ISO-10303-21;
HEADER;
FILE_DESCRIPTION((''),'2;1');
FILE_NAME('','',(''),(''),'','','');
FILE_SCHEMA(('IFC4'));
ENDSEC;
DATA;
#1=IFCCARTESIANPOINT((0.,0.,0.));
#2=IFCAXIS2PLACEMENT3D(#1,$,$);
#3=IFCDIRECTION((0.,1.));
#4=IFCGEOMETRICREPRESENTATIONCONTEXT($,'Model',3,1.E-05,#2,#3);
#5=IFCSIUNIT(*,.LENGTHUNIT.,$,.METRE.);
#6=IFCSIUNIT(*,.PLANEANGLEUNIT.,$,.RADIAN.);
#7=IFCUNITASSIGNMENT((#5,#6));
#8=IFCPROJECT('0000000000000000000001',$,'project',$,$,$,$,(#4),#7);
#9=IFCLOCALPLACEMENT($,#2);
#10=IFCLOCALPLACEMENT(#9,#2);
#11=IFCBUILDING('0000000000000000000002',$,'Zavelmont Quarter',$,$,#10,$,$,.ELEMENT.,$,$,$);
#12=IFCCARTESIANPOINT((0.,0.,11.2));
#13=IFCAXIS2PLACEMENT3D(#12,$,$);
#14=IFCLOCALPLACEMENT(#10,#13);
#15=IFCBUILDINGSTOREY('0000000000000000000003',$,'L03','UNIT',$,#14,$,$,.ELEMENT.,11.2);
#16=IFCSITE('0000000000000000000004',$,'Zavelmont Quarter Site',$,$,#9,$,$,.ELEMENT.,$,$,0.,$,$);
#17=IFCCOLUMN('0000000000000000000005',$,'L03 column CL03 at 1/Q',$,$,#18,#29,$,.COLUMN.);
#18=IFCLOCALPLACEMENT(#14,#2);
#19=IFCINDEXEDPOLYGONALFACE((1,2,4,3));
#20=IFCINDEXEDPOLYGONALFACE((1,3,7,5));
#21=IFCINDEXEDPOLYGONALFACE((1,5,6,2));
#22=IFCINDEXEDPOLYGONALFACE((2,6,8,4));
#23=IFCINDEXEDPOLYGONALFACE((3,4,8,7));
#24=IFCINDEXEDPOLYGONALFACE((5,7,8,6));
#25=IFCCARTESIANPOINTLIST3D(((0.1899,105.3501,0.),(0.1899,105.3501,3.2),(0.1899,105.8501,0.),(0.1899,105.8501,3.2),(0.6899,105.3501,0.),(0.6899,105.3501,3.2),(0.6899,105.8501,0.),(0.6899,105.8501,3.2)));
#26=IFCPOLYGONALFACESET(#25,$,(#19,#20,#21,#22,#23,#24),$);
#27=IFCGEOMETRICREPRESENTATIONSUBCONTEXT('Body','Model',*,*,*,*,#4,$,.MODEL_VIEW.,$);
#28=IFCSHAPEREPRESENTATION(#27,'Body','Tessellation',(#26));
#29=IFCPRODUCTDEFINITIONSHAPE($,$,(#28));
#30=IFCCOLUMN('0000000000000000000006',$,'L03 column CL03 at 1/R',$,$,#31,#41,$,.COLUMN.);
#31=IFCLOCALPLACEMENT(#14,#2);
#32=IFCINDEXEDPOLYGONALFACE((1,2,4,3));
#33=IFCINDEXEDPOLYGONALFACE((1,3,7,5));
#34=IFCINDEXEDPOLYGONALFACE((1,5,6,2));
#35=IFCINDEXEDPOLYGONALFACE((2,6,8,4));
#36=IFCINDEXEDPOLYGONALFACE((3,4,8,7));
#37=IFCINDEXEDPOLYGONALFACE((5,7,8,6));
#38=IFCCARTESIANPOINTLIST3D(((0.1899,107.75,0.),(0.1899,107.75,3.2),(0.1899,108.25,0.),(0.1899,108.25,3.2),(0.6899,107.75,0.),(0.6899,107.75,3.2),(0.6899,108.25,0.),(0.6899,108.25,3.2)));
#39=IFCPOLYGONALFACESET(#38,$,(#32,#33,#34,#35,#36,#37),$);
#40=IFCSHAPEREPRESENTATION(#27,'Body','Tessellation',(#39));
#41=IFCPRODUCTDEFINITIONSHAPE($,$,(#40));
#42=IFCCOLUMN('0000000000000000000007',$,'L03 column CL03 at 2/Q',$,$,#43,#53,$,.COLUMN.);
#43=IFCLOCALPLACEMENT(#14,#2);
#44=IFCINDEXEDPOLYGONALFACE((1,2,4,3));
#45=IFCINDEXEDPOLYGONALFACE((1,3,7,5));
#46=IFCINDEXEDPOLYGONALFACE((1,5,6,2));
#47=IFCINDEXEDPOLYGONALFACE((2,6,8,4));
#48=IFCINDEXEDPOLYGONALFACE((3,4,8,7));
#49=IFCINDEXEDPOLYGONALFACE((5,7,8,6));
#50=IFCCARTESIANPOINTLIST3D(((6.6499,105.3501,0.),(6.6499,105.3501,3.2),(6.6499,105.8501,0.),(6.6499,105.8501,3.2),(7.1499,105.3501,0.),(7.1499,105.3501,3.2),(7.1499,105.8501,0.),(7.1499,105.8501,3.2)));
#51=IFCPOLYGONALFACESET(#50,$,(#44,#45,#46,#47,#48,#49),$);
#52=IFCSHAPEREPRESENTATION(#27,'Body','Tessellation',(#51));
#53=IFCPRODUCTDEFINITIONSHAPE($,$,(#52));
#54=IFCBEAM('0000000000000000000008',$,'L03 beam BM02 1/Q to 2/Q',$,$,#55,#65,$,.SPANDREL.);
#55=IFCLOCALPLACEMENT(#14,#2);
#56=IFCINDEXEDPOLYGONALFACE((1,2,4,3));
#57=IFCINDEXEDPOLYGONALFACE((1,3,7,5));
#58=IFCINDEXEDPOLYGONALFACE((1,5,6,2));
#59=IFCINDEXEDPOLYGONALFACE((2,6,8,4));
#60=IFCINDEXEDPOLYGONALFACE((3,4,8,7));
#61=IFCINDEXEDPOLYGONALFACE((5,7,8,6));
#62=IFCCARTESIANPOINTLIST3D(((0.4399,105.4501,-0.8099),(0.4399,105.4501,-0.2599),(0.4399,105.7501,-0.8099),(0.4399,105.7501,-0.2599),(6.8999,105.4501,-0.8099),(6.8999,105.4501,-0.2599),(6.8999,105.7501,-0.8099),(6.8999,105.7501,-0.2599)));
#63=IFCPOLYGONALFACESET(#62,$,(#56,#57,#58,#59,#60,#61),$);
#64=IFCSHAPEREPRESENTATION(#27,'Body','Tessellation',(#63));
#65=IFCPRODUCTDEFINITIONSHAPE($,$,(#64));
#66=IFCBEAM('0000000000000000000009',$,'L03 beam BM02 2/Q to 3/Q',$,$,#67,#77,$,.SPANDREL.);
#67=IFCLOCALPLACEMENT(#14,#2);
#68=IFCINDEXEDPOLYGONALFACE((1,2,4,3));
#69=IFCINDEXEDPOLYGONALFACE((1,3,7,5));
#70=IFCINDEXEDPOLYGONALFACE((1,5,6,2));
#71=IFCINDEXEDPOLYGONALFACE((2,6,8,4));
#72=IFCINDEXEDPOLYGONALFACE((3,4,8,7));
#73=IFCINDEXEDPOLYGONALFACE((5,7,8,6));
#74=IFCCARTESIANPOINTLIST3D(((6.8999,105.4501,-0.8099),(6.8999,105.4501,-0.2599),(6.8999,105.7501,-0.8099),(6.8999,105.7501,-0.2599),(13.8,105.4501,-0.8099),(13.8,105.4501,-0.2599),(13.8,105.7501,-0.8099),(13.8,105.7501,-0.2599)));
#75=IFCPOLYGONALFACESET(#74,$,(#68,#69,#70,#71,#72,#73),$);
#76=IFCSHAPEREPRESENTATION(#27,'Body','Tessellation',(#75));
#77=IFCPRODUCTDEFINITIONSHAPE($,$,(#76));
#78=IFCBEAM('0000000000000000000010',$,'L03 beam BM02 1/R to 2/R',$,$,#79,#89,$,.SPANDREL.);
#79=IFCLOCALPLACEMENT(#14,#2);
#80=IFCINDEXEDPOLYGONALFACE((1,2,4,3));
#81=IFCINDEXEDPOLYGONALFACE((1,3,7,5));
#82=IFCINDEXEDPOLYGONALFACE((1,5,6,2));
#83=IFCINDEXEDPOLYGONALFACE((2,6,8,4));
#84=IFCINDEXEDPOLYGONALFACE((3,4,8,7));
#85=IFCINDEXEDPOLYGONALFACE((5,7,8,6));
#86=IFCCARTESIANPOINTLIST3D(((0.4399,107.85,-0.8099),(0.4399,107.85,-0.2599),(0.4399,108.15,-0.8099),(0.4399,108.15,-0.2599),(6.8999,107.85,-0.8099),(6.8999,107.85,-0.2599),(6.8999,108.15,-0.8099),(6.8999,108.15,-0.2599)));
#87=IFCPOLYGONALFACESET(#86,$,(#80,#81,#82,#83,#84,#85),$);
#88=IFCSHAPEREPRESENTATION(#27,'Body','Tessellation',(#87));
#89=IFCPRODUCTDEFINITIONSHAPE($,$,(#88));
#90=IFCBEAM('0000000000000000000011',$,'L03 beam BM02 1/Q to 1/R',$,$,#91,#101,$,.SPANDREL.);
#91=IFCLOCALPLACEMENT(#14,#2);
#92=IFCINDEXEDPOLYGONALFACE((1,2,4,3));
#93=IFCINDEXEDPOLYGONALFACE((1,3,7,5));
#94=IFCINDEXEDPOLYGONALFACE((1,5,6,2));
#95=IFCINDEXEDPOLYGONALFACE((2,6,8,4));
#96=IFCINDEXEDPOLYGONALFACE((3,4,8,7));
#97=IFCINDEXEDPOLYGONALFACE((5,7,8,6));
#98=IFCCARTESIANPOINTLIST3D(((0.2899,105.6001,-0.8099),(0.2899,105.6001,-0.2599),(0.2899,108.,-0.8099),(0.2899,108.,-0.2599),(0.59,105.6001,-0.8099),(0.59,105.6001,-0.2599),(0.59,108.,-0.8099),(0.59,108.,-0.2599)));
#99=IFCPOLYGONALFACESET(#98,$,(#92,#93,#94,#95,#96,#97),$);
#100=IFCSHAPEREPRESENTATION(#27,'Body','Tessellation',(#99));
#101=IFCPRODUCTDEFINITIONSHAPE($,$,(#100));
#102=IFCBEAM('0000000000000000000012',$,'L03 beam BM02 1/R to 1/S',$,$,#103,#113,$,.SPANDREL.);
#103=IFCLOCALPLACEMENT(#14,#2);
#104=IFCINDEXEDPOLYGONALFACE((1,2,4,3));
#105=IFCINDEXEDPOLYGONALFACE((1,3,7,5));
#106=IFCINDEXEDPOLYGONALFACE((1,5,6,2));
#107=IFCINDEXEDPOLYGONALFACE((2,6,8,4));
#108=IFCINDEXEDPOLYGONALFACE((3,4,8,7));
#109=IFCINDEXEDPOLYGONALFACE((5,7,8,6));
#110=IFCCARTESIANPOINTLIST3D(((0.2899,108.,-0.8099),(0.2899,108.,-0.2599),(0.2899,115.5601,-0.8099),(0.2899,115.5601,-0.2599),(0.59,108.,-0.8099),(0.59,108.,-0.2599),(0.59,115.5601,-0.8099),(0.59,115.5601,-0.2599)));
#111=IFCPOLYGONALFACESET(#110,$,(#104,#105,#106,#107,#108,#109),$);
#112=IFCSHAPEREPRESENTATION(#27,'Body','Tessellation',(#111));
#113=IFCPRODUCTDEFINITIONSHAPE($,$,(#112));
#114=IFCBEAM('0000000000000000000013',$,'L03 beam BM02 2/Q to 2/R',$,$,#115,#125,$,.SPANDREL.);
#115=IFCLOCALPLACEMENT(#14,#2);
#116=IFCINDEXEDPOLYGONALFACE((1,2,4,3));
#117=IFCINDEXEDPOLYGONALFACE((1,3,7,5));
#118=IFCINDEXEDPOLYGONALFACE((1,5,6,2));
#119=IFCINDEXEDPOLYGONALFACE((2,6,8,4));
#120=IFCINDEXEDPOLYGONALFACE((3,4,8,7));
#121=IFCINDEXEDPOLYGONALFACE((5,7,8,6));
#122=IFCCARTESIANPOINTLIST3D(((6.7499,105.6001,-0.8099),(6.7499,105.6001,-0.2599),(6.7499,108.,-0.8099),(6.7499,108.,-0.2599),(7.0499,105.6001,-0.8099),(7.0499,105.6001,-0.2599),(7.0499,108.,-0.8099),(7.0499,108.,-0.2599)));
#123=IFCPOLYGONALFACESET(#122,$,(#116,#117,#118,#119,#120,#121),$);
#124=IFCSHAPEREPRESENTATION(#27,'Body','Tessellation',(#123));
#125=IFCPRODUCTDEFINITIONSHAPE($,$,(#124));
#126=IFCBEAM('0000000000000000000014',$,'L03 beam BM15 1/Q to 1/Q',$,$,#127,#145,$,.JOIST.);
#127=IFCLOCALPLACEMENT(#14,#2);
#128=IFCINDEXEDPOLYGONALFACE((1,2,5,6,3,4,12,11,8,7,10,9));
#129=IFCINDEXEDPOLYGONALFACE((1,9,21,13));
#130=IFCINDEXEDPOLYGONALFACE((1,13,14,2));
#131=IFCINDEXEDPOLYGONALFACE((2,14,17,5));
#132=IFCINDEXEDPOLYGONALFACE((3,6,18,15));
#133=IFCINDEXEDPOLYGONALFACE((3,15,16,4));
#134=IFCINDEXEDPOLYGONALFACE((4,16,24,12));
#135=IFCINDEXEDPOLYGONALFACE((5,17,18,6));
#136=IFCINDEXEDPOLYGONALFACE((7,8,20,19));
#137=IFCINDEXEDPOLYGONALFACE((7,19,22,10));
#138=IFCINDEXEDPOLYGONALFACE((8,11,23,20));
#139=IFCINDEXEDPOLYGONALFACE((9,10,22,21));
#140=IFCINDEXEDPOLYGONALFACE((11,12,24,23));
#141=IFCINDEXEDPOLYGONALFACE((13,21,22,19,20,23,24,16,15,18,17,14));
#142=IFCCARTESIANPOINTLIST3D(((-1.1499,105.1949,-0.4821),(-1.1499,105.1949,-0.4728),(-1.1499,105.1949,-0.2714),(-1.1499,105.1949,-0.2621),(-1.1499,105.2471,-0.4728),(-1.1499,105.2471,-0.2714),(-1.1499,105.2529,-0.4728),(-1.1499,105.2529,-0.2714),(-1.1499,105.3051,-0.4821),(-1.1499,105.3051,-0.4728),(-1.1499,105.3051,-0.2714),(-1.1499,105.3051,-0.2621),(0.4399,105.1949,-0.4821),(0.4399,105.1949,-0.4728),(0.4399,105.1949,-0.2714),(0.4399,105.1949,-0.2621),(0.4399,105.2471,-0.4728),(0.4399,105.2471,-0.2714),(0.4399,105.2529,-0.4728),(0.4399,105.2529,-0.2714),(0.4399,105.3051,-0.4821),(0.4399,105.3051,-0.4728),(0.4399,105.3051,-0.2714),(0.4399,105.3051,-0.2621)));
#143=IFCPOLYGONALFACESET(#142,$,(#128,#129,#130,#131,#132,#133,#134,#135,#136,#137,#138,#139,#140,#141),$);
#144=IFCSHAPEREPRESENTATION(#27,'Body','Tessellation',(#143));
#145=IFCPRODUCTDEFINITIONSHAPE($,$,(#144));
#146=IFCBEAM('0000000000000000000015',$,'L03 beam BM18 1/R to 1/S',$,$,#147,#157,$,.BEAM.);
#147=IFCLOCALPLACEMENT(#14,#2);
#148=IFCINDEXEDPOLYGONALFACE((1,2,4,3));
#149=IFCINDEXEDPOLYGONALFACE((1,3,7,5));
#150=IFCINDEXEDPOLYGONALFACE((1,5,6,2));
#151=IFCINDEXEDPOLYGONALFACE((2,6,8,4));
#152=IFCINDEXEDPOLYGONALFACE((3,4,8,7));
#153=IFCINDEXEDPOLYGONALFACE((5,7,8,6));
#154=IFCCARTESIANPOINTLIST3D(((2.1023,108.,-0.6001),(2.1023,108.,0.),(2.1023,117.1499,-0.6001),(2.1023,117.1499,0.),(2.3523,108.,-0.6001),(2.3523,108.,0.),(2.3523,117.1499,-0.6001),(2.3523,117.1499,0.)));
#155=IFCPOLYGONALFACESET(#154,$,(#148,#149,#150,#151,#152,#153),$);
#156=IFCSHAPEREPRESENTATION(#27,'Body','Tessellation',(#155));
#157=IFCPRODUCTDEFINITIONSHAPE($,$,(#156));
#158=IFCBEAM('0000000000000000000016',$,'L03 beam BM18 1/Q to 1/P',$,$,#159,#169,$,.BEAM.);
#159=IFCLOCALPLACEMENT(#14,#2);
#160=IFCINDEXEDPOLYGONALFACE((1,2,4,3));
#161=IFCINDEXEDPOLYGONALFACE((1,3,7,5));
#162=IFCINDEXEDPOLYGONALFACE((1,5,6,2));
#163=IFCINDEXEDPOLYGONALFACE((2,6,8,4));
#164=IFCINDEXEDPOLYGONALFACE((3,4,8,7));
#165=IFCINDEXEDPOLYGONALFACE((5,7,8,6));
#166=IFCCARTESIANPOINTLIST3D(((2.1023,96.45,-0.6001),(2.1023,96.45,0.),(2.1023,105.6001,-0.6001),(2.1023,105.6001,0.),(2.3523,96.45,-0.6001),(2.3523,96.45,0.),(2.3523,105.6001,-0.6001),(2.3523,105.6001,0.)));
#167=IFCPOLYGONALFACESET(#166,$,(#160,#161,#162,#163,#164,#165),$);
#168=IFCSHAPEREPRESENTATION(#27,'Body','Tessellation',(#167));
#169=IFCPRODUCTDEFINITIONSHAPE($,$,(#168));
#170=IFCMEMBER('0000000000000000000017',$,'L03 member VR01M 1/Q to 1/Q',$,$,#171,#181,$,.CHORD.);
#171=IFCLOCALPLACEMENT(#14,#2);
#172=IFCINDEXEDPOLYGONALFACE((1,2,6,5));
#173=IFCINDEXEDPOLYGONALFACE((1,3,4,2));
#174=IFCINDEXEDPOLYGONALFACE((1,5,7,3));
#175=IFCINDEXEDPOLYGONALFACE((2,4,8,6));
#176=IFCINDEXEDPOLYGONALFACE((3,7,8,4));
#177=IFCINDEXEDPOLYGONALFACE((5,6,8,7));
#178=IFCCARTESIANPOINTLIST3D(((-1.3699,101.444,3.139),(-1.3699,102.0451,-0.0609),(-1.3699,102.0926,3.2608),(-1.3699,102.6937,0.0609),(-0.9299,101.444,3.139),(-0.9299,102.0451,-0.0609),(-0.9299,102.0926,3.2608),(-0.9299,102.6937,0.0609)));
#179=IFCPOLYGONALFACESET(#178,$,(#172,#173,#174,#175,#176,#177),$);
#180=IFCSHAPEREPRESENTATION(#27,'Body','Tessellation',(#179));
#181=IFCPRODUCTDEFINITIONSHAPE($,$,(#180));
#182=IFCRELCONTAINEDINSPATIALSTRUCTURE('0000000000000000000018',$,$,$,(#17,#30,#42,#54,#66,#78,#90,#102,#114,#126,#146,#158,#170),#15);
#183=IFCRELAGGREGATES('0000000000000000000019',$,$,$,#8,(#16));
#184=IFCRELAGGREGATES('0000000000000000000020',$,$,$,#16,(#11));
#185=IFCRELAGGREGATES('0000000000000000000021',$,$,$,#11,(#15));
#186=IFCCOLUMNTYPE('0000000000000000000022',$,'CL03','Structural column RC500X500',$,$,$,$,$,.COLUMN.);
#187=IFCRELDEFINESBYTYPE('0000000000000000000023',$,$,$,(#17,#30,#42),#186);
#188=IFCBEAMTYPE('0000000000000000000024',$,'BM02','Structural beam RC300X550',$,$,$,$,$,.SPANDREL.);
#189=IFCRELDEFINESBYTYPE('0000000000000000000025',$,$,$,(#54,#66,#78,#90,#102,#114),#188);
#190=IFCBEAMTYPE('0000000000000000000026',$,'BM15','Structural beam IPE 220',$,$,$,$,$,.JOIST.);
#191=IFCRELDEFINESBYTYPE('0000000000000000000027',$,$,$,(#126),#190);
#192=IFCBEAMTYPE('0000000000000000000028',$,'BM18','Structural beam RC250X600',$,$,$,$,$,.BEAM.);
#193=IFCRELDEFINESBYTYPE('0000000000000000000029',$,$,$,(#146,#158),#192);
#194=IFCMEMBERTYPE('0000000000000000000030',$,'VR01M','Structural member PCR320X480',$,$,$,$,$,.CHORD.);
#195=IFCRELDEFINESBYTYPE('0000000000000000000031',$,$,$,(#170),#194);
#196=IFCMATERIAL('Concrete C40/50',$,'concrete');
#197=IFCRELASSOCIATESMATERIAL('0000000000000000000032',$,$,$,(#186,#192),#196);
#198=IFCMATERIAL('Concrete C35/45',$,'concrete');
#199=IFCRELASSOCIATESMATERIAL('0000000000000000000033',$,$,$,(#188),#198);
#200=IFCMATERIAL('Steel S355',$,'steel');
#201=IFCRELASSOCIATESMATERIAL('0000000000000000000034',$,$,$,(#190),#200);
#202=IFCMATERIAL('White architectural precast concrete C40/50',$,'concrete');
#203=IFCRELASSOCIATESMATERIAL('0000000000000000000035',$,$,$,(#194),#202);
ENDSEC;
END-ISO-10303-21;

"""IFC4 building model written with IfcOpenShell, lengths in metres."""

from ifc_helpers import new_model, si_unit, direction, frame, origin, origin_2d, place, context, subcontext, project, spatial, rectangle, i_section, extrude, material, material_profile, profile_set, type_object, element, save


model = new_model("IFC4")

# Units and contexts
model_context = context("Model", 3, precision=1e-05, world=origin(), true_north=direction((0.0, 1.0)))
body_context = subcontext(model_context, "Body", "Model", "MODEL_VIEW")
ifc_project = project(units=[si_unit("LENGTHUNIT", "METRE"), si_unit("PLANEANGLEUNIT", "RADIAN")], contexts=[model_context])

# Site, building, storey
site_placement = place(None, origin())
site = spatial("IfcSite", under=ifc_project, at=site_placement, Name="Zavelmont Quarter Site", CompositionType="ELEMENT", RefElevation=0.0)
building_placement = place(site_placement, origin())
building = spatial("IfcBuilding", under=site, at=building_placement, Name="Zavelmont Quarter", CompositionType="ELEMENT")
storey_placement = place(building_placement, frame((0.0, 0.0, 11.2)))
storey = spatial("IfcBuildingStorey", under=building, at=storey_placement, Name="L03", Description="UNIT", CompositionType="ELEMENT", Elevation=11.2)

# Columns
ifc_material_1 = material(Name="Concrete C40/50", Category="concrete")
ifc_material_profile_1 = material_profile(ifc_material_1, rectangle(XDim=0.5, YDim=0.5, at=origin_2d()), Name="RC500X500")
ifc_profile_set_1 = profile_set([ifc_material_profile_1], Name="Concrete C40/50")
column_type = type_object("IfcColumnType", Name="CL03", Description="Structural column RC500X500", PredefinedType="COLUMN", material=ifc_profile_set_1)
for number, where, z_axis, x_axis, name in (
    (1, (0.4399, 105.6001, 0.0), (0.0, 0.0, 1.0), (1.0, 0.0, 0.0), "L03 column CL03 at 1/Q"),
    (2, (0.4399, 108.0, 0.0), (0.0, 0.0, 1.0), (1.0, 0.0, 0.0), "L03 column CL03 at 1/R"),
    (3, (6.8999, 105.6001, 0.0), (0.0, 0.0, 1.0), (1.0, 0.0, 0.0), "L03 column CL03 at 2/Q"),
):
    element("IfcColumn", number, at=place(storey_placement, frame(where, z_axis=z_axis, x_axis=x_axis)), inside=storey, type_object=column_type, Name=name, PredefinedType="COLUMN", context=body_context, shape_type="SweptSolid", body=[
        extrude(rectangle(XDim=0.5, YDim=0.5, at=origin_2d()), origin(), (0.0, 0.0, 1.0), 3.2),
    ])

# Beams
ifc_material_2 = material(Name="Concrete C35/45", Category="concrete")
ifc_material_profile_2 = material_profile(ifc_material_2, rectangle(XDim=0.3, YDim=0.55, at=origin_2d()), Name="RC300X550")
ifc_profile_set_2 = profile_set([ifc_material_profile_2], Name="Concrete C35/45")
beam_type_1 = type_object("IfcBeamType", Name="BM02", Description="Structural beam RC300X550", PredefinedType="SPANDREL", material=ifc_profile_set_2)
beam_1_placement = place(storey_placement, frame((0.4399, 105.6001, -0.5349), z_axis=(1.0, 0.0, 0.0), x_axis=(0.0, 1.0, 0.0)))
element("IfcBeam", 4, at=beam_1_placement, inside=storey, type_object=beam_type_1, Name="L03 beam BM02 1/Q to 2/Q", PredefinedType="SPANDREL", context=body_context, shape_type="SweptSolid", body=[
    extrude(rectangle(XDim=0.3, YDim=0.55, at=origin_2d()), origin(), (0.0, 0.0, 1.0), 6.46),
])
beam_2_placement = place(storey_placement, frame((6.8999, 105.6001, -0.5349), z_axis=(1.0, 0.0, 0.0), x_axis=(0.0, 1.0, 0.0)))
element("IfcBeam", 5, at=beam_2_placement, inside=storey, type_object=beam_type_1, Name="L03 beam BM02 2/Q to 3/Q", PredefinedType="SPANDREL", context=body_context, shape_type="SweptSolid", body=[
    extrude(rectangle(XDim=0.3, YDim=0.55, at=origin_2d()), origin(), (0.0, 0.0, 1.0), 6.9001),
])
beam_3_placement = place(storey_placement, frame((0.4399, 108.0, -0.5349), z_axis=(1.0, 0.0, 0.0), x_axis=(0.0, 1.0, 0.0)))
element("IfcBeam", 6, at=beam_3_placement, inside=storey, type_object=beam_type_1, Name="L03 beam BM02 1/R to 2/R", PredefinedType="SPANDREL", context=body_context, shape_type="SweptSolid", body=[
    extrude(rectangle(XDim=0.3, YDim=0.55, at=origin_2d()), origin(), (0.0, 0.0, 1.0), 6.46),
])
beam_4_placement = place(storey_placement, frame((0.4399, 105.6001, -0.5349), z_axis=(0.0, 1.0, 0.0), x_axis=(-1.0, 0.0, 0.0)))
element("IfcBeam", 7, at=beam_4_placement, inside=storey, type_object=beam_type_1, Name="L03 beam BM02 1/Q to 1/R", PredefinedType="SPANDREL", context=body_context, shape_type="SweptSolid", body=[
    extrude(rectangle(XDim=0.3, YDim=0.55, at=origin_2d()), origin(), (0.0, 0.0, 1.0), 2.3999),
])
beam_5_placement = place(storey_placement, frame((0.4399, 108.0, -0.5349), z_axis=(0.0, 1.0, 0.0), x_axis=(-1.0, 0.0, 0.0)))
element("IfcBeam", 8, at=beam_5_placement, inside=storey, type_object=beam_type_1, Name="L03 beam BM02 1/R to 1/S", PredefinedType="SPANDREL", context=body_context, shape_type="SweptSolid", body=[
    extrude(rectangle(XDim=0.3, YDim=0.55, at=origin_2d()), origin(), (0.0, 0.0, 1.0), 7.5601),
])
beam_6_placement = place(storey_placement, frame((6.8999, 105.6001, -0.5349), z_axis=(0.0, 1.0, 0.0), x_axis=(-1.0, 0.0, 0.0)))
element("IfcBeam", 9, at=beam_6_placement, inside=storey, type_object=beam_type_1, Name="L03 beam BM02 2/Q to 2/R", PredefinedType="SPANDREL", context=body_context, shape_type="SweptSolid", body=[
    extrude(rectangle(XDim=0.3, YDim=0.55, at=origin_2d()), origin(), (0.0, 0.0, 1.0), 2.3999),
])
ifc_material_3 = material(Name="Steel S355", Category="steel")
ifc_material_profile_3 = material_profile(ifc_material_3, i_section(OverallWidth=0.1101, OverallDepth=0.22, WebThickness=0.0059, FlangeThickness=0.0093, at=origin_2d()), Name="IPE 220")
ifc_profile_set_3 = profile_set([ifc_material_profile_3], Name="Steel S355")
beam_type_2 = type_object("IfcBeamType", Name="BM15", Description="Structural beam IPE 220", PredefinedType="JOIST", material=ifc_profile_set_3)
beam_7_placement = place(storey_placement, frame((0.4399, 105.25, -0.3721), z_axis=(-1.0, 0.0, 0.0), x_axis=(0.0, -1.0, 0.0)))
element("IfcBeam", 10, at=beam_7_placement, inside=storey, type_object=beam_type_2, Name="L03 beam BM15 1/Q to 1/Q", PredefinedType="JOIST", context=body_context, shape_type="SweptSolid", body=[
    extrude(i_section(OverallWidth=0.1101, OverallDepth=0.22, WebThickness=0.0059, FlangeThickness=0.0093, at=origin_2d()), origin(), (0.0, 0.0, 1.0), 1.5898),
])
ifc_material_profile_4 = material_profile(ifc_material_1, rectangle(XDim=0.25, YDim=0.6001, at=origin_2d()), Name="RC250X600")
ifc_profile_set_4 = profile_set([ifc_material_profile_4], Name="Concrete C40/50")
beam_type_3 = type_object("IfcBeamType", Name="BM18", Description="Structural beam RC250X600", PredefinedType="BEAM", material=ifc_profile_set_4)
beam_8_placement = place(storey_placement, frame((2.2273, 108.0, -0.3), z_axis=(0.0, 1.0, 0.0), x_axis=(-1.0, 0.0, 0.0)))
element("IfcBeam", 11, at=beam_8_placement, inside=storey, type_object=beam_type_3, Name="L03 beam BM18 1/R to 1/S", PredefinedType="BEAM", context=body_context, shape_type="SweptSolid", body=[
    extrude(rectangle(XDim=0.25, YDim=0.6001, at=origin_2d()), origin(), (0.0, 0.0, 1.0), 9.1499),
])
beam_9_placement = place(storey_placement, frame((2.2273, 105.6001, -0.3), z_axis=(0.0, -1.0, 0.0), x_axis=(1.0, 0.0, 0.0)))
element("IfcBeam", 12, at=beam_9_placement, inside=storey, type_object=beam_type_3, Name="L03 beam BM18 1/Q to 1/P", PredefinedType="BEAM", context=body_context, shape_type="SweptSolid", body=[
    extrude(rectangle(XDim=0.25, YDim=0.6001, at=origin_2d()), origin(), (0.0, 0.0, 1.0), 9.1501),
])

# Member
ifc_material_4 = material(Name="White architectural precast concrete C40/50", Category="concrete")
ifc_material_profile_5 = material_profile(ifc_material_4, rectangle(XDim=0.4399, YDim=0.6599, at=origin_2d()), Name="PCR320X480")
ifc_profile_set_5 = profile_set([ifc_material_profile_5], Name="White architectural precast concrete C40/50")
member_type = type_object("IfcMemberType", Name="VR01M", Description="Structural member PCR320X480", PredefinedType="CHORD", material=ifc_profile_set_5)
member_placement = place(storey_placement, frame((-1.1499, 102.3694, 0.0), z_axis=(0.0, -0.18461, 0.982812), x_axis=(1.0, 0.0, 0.0)))
element("IfcMember", 13, at=member_placement, inside=storey, type_object=member_type, Name="L03 member VR01M 1/Q to 1/Q", PredefinedType="CHORD", context=body_context, shape_type="SweptSolid", body=[
    extrude(rectangle(XDim=0.4399, YDim=0.6599, at=origin_2d()), origin(), (0.0, 0.0, 1.0), 3.2559),
])

save(model, "model.ifc")
